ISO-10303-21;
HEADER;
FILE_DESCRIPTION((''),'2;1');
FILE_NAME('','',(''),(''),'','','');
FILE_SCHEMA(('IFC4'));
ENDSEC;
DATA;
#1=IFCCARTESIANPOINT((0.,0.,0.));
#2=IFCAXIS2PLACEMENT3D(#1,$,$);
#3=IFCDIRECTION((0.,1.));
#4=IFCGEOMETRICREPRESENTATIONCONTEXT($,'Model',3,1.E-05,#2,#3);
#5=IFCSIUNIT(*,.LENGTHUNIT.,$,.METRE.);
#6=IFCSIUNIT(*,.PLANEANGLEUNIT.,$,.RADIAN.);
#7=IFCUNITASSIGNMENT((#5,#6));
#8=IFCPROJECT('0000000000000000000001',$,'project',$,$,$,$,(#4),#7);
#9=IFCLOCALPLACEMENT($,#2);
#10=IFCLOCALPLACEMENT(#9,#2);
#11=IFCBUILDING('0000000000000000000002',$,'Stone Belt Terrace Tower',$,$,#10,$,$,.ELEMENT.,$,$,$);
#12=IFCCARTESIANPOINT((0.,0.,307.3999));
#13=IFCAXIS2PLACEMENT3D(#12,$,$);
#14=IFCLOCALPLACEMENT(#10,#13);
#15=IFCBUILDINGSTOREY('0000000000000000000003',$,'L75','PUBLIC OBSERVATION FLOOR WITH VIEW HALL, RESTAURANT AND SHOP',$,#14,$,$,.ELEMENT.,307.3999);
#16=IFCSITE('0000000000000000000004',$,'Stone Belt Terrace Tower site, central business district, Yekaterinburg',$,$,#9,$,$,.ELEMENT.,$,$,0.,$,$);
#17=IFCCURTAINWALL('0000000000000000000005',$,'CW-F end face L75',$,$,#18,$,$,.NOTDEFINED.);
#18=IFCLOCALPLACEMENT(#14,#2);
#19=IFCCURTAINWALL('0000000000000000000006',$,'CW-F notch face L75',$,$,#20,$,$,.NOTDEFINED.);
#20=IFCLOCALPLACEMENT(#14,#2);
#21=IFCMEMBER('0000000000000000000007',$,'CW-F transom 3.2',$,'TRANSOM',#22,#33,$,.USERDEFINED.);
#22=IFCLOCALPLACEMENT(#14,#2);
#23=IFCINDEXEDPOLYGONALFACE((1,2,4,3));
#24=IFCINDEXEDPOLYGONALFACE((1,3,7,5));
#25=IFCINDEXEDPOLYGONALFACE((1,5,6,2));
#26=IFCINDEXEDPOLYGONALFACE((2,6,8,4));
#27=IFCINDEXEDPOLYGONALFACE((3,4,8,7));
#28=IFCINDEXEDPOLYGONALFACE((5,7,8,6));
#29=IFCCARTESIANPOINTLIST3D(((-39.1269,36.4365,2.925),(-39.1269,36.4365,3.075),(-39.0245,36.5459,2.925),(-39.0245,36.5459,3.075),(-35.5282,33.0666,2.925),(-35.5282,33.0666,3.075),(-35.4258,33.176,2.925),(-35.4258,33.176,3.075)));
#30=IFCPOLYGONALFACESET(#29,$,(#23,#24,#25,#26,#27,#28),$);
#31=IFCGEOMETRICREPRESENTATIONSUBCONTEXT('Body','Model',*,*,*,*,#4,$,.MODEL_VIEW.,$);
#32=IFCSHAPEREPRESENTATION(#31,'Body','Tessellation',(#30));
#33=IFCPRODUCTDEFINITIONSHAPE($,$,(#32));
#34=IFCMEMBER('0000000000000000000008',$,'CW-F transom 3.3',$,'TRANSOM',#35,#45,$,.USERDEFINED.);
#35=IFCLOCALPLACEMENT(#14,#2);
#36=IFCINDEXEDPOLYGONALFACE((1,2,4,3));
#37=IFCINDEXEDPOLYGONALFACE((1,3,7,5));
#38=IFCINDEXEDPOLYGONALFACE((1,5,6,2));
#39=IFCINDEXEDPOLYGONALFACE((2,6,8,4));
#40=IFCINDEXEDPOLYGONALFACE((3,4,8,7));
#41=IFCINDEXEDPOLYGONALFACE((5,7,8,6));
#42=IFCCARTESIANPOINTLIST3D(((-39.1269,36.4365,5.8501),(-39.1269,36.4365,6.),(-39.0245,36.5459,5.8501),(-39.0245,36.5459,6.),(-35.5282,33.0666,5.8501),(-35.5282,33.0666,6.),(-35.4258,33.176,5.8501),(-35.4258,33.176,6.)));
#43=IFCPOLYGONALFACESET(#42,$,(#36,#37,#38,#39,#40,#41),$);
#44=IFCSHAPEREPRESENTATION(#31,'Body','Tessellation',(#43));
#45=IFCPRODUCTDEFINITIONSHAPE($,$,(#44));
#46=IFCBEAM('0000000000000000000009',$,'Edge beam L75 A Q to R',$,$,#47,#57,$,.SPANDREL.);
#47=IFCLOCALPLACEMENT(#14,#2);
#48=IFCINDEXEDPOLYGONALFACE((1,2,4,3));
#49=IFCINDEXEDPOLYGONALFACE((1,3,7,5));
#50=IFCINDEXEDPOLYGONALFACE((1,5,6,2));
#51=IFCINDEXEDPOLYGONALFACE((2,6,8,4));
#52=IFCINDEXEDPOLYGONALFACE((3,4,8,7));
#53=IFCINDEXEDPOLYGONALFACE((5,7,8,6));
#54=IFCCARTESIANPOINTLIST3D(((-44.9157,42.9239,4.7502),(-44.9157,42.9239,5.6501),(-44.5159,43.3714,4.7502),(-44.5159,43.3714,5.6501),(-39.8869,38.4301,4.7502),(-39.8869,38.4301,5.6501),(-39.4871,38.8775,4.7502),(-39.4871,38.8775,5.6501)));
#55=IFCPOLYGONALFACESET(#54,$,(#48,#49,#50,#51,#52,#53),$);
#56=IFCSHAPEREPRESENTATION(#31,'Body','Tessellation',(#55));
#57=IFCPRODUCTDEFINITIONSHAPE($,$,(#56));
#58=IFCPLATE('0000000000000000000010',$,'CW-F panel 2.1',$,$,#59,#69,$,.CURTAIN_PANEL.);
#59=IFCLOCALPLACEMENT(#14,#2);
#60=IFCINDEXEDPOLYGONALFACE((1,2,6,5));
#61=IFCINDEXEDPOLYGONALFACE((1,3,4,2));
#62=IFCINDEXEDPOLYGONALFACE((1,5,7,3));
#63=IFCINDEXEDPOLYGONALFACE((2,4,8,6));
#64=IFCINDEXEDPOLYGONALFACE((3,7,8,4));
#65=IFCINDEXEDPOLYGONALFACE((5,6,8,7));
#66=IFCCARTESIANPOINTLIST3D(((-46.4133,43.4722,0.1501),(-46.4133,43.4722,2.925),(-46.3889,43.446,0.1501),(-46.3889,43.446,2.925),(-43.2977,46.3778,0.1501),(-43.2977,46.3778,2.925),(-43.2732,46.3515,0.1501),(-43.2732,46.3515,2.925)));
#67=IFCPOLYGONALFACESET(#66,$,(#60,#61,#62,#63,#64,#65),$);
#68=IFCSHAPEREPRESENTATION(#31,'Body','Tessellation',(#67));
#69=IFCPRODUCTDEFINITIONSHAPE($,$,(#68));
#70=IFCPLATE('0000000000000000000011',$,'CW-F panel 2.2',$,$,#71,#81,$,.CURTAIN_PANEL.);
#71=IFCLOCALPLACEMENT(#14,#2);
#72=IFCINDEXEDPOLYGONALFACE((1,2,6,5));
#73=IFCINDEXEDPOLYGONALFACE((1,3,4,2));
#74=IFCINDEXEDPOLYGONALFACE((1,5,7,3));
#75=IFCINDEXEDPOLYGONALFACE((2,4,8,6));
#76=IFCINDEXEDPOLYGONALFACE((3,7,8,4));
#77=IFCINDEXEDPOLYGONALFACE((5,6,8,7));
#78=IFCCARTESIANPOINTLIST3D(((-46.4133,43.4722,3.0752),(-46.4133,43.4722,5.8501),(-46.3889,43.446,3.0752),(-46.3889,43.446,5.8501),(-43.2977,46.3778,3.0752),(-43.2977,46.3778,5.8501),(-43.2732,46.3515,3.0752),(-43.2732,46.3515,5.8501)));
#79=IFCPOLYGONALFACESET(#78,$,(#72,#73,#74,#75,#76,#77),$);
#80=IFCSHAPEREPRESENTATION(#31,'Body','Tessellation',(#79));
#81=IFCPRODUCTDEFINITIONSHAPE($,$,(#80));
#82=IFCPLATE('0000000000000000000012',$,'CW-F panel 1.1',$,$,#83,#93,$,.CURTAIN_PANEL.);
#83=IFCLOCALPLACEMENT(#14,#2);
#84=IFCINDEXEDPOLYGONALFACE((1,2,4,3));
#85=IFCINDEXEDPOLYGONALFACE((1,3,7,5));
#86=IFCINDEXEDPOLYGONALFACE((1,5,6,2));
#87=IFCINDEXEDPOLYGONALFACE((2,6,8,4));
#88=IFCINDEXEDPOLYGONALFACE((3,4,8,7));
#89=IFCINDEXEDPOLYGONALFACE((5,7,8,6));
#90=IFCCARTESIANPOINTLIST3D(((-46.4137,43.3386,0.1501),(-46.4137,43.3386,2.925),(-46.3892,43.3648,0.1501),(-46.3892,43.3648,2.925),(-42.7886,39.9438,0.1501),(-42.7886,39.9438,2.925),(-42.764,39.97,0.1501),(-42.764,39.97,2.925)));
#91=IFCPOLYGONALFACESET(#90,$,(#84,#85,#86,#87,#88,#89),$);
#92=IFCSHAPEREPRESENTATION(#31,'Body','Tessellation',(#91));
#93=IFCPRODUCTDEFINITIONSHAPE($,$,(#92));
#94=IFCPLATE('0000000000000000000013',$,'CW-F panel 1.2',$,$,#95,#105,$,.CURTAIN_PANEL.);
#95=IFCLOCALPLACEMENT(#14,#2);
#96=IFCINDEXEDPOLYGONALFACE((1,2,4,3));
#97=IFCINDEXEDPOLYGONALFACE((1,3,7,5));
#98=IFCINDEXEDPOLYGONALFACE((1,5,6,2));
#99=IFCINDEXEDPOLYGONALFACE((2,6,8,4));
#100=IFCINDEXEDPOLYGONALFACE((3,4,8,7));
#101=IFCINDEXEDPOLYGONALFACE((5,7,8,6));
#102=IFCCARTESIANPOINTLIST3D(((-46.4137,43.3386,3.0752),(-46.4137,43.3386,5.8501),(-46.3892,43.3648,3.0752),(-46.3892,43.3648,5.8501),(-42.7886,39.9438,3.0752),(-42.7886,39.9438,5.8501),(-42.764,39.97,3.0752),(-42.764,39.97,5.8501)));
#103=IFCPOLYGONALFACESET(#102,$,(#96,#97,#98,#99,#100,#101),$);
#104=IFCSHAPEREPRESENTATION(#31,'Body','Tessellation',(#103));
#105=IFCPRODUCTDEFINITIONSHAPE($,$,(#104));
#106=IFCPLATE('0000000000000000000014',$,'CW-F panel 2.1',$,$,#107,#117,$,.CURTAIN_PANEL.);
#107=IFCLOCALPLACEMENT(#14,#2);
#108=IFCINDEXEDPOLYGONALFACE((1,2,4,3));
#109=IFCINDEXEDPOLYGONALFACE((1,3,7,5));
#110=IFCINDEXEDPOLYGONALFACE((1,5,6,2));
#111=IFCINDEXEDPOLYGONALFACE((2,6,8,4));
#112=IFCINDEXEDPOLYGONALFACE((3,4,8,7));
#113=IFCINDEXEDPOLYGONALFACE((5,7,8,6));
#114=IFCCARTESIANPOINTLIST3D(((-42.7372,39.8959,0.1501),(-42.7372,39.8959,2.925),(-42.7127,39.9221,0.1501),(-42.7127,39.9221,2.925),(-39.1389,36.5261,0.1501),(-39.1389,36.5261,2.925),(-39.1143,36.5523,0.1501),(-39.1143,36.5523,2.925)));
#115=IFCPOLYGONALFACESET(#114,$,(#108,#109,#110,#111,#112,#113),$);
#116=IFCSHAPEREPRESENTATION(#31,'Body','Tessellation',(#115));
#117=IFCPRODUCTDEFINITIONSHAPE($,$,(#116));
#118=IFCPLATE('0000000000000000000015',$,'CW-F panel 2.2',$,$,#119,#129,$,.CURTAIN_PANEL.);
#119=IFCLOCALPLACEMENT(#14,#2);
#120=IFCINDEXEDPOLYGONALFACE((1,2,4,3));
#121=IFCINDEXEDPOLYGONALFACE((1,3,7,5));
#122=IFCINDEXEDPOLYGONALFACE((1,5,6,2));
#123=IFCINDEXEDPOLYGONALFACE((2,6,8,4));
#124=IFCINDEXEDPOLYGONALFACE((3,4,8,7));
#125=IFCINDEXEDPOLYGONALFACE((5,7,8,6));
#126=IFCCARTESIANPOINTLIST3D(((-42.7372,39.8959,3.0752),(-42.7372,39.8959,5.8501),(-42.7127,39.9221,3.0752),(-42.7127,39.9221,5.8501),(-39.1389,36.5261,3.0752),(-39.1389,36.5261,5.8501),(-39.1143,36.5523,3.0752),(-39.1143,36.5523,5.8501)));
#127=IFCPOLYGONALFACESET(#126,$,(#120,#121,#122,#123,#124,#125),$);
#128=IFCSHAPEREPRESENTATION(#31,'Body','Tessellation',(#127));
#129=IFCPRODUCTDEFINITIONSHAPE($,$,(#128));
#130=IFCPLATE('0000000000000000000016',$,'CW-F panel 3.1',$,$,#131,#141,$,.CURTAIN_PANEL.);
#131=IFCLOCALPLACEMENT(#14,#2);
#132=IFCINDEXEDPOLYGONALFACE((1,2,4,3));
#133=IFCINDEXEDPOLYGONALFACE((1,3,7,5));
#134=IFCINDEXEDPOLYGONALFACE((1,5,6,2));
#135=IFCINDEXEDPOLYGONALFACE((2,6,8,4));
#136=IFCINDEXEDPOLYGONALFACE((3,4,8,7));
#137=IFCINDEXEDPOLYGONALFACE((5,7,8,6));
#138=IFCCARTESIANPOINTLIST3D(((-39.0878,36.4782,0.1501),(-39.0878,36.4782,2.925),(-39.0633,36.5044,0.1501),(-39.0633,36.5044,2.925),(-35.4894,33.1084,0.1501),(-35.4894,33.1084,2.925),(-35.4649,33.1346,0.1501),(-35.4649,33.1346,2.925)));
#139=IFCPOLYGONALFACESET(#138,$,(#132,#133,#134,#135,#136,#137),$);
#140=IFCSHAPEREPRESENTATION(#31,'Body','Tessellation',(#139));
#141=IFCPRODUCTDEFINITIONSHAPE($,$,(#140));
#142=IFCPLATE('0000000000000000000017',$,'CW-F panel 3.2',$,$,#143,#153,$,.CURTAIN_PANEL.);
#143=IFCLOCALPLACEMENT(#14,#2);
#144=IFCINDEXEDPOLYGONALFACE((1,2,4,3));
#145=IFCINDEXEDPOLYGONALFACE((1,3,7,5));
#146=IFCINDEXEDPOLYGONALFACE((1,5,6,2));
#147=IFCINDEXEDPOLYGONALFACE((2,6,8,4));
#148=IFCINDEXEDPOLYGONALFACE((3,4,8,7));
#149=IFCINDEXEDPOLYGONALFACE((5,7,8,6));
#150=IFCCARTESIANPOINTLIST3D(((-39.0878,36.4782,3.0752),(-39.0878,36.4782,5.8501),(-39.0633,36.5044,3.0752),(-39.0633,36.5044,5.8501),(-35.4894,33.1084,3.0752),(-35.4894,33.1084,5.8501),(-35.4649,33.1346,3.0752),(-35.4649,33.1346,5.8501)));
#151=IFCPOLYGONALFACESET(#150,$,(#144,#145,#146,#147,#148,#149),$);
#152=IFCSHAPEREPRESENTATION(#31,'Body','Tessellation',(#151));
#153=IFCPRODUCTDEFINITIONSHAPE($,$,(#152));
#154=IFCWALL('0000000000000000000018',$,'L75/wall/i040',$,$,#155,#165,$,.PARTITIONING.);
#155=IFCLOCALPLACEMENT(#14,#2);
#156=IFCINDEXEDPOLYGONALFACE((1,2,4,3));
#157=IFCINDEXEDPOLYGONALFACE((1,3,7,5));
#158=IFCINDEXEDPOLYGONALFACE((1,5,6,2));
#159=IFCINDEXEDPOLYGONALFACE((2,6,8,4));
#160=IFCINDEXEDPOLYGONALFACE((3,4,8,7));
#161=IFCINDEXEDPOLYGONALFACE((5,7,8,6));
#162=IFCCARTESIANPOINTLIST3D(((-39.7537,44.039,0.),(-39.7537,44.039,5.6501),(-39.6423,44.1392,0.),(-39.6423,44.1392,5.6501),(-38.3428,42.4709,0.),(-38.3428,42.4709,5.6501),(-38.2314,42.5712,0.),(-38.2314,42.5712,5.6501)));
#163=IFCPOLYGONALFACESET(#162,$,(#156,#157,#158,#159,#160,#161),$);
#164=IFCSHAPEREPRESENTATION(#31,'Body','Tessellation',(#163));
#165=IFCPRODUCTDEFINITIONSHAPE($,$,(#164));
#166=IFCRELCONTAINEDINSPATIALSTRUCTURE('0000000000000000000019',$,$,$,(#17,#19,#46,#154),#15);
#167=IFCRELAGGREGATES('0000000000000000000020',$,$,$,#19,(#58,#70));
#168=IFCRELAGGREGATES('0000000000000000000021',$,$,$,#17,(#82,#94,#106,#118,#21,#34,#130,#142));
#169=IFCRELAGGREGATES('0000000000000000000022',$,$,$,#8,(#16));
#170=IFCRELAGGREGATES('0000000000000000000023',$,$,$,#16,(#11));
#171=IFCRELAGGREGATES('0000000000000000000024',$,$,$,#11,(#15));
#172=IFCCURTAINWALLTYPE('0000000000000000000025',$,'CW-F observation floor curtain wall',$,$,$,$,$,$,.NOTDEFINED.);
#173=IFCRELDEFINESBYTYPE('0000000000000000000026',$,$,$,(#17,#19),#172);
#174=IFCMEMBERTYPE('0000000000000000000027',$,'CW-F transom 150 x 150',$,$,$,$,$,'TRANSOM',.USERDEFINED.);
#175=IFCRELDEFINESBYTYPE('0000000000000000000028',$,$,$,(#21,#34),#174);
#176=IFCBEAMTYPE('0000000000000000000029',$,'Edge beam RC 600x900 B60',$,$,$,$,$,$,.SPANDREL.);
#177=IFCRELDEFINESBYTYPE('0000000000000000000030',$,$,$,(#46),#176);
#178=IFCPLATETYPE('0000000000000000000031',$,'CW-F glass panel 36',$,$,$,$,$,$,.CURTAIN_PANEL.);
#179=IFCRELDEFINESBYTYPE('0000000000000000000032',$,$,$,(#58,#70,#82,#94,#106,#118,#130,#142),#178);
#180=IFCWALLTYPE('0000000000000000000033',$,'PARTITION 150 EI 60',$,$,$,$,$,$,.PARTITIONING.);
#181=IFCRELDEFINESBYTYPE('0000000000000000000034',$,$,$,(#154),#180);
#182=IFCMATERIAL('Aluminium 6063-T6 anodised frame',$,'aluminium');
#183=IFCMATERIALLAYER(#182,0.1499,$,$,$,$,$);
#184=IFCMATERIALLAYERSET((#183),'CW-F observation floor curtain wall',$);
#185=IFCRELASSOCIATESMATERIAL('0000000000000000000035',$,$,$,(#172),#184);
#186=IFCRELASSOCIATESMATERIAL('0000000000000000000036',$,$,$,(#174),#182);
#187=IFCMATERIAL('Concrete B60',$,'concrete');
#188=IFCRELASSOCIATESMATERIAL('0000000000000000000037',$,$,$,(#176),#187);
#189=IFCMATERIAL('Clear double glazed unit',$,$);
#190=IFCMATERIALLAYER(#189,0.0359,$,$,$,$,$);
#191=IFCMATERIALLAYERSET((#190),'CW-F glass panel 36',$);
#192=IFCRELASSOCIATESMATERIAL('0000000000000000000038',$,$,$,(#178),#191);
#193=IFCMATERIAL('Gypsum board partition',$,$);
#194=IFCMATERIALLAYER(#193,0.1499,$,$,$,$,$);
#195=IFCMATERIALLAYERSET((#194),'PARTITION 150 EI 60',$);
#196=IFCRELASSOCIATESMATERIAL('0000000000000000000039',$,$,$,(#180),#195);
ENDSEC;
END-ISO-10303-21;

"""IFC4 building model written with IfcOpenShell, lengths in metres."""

from ifc_helpers import new_model, si_unit, direction, frame, frame_2d, origin, origin_2d, place, context, subcontext, project, spatial, rectangle, extrude, material, layer, layer_set, material_profile, profile_set, type_object, element, aggregate, save


model = new_model("IFC4")

# Units and contexts
model_context = context("Model", 3, precision=1e-05, world=origin(), true_north=direction((0.0, 1.0)))
body_context = subcontext(model_context, "Body", "Model", "MODEL_VIEW")
ifc_project = project(units=[si_unit("LENGTHUNIT", "METRE"), si_unit("PLANEANGLEUNIT", "RADIAN")], contexts=[model_context])

# Site, building, storey
site_placement = place(None, origin())
site = spatial("IfcSite", under=ifc_project, at=site_placement, Name="Stone Belt Terrace Tower site, central business district, Yekaterinburg", CompositionType="ELEMENT", RefElevation=0.0)
building_placement = place(site_placement, origin())
building = spatial("IfcBuilding", under=site, at=building_placement, Name="Stone Belt Terrace Tower", CompositionType="ELEMENT")
storey_placement = place(building_placement, frame((0.0, 0.0, 307.3999)))
storey = spatial("IfcBuildingStorey", under=building, at=storey_placement, Name="L75", Description="PUBLIC OBSERVATION FLOOR WITH VIEW HALL, RESTAURANT AND SHOP", CompositionType="ELEMENT", Elevation=307.3999)

# Shared definitions
ifc_material_1 = material(Name="Concrete B60", Category="concrete")

# Curtain walls
ifc_material_2 = material(Name="Aluminium 6063-T6 anodised frame", Category="aluminium")
ifc_layer_1 = layer(ifc_material_2, 0.1499)
ifc_layer_set_1 = layer_set([ifc_layer_1], Name="CW-F observation floor curtain wall")
curtain_wall_type = type_object("IfcCurtainWallType", Name="CW-F observation floor curtain wall", PredefinedType="NOTDEFINED", material=ifc_layer_set_1)
curtain_wall_1_placement = place(storey_placement, origin())
curtain_wall_1 = element("IfcCurtainWall", 1, at=curtain_wall_1_placement, inside=storey, type_object=curtain_wall_type, Name="CW-F end face L75", PredefinedType="NOTDEFINED")
curtain_wall_2_placement = place(storey_placement, origin())
curtain_wall_2 = element("IfcCurtainWall", 2, at=curtain_wall_2_placement, inside=storey, type_object=curtain_wall_type, Name="CW-F notch face L75", PredefinedType="NOTDEFINED")
ifc_material_profile_1 = material_profile(ifc_material_2, rectangle(XDim=0.1499, YDim=0.1499, at=origin_2d()), Name="Aluminium 6063-T6 150x150")
ifc_profile_set_1 = profile_set([ifc_material_profile_1], Name="Aluminium 6063-T6 anodised frame")
member_type_1 = type_object("IfcMemberType", Name="CW-F transom 150 x 150", ElementType="TRANSOM", PredefinedType="USERDEFINED", material=ifc_profile_set_1)

# Members
member_1_placement = place(storey_placement, frame((-39.0757, 36.4912, 3.0), z_axis=(0.729926, -0.683526, 0.0), x_axis=(0.683526, 0.729926, 0.0)))
member_1 = element("IfcMember", 3, at=member_1_placement, type_object=member_type_1, Name="CW-F transom 3.2", ObjectType="TRANSOM", PredefinedType="USERDEFINED", context=body_context, shape_type="SweptSolid", body=[
    extrude(rectangle(XDim=0.1499, YDim=0.1499, at=origin_2d()), origin(), (0.0, 0.0, 1.0), 4.9302),
])
member_2_placement = place(storey_placement, frame((-39.0757, 36.4912, 5.925), z_axis=(0.729926, -0.683526, 0.0), x_axis=(0.683526, 0.729926, 0.0)))
member_2 = element("IfcMember", 4, at=member_2_placement, type_object=member_type_1, Name="CW-F transom 3.3", ObjectType="TRANSOM", PredefinedType="USERDEFINED", context=body_context, shape_type="SweptSolid", body=[
    extrude(rectangle(XDim=0.1499, YDim=0.1499, at=origin_2d()), origin(), (0.0, 0.0, 1.0), 4.9302),
])

# Beam
ifc_material_profile_2 = material_profile(ifc_material_1, rectangle(XDim=0.6001, YDim=0.8999, at=origin_2d()), Name="RC 600x900")
ifc_profile_set_2 = profile_set([ifc_material_profile_2], Name="Concrete B60")
beam_type = type_object("IfcBeamType", Name="Edge beam RC 600x900 B60", PredefinedType="SPANDREL", material=ifc_profile_set_2)
beam_placement = place(storey_placement, frame((-39.687, 38.6538, 5.2002), z_axis=(-0.745651, 0.666337, 0.0), x_axis=(-0.666337, -0.745651, 0.0)))
element("IfcBeam", 5, at=beam_placement, inside=storey, type_object=beam_type, Name="Edge beam L75 A Q to R", PredefinedType="SPANDREL", context=body_context, shape_type="SweptSolid", body=[
    extrude(rectangle(XDim=0.6001, YDim=0.8999, at=origin_2d()), origin(), (0.0, 0.0, 1.0), 6.7441),
])

# Plates
ifc_material_3 = material(Name="Clear double glazed unit")
ifc_layer_2 = layer(ifc_material_3, 0.0359)
ifc_layer_set_2 = layer_set([ifc_layer_2], Name="CW-F glass panel 36")
plate_type = type_object("IfcPlateType", Name="CW-F glass panel 36", PredefinedType="CURTAIN_PANEL", material=ifc_layer_set_2)
plate_1_placement = place(storey_placement, frame((-44.8433, 44.9119, 0.1501), z_axis=(0.0, 0.0, 1.0), x_axis=(-0.731339, -0.682014, 0.0)))
plate_1 = element("IfcPlate", 6, at=plate_1_placement, type_object=plate_type, Name="CW-F panel 2.1", PredefinedType="CURTAIN_PANEL", context=body_context, shape_type="SweptSolid", body=[
    extrude(rectangle(XDim=4.2603, YDim=0.0359, at=origin_2d()), origin(), (0.0, 0.0, 1.0), 2.7749),
])
plate_2_placement = place(storey_placement, frame((-44.8433, 44.9119, 3.0752), z_axis=(0.0, 0.0, 1.0), x_axis=(-0.731339, -0.682014, 0.0)))
plate_2 = element("IfcPlate", 7, at=plate_2_placement, type_object=plate_type, Name="CW-F panel 2.2", PredefinedType="CURTAIN_PANEL", context=body_context, shape_type="SweptSolid", body=[
    extrude(rectangle(XDim=4.2603, YDim=0.0359, at=origin_2d()), origin(), (0.0, 0.0, 1.0), 2.7749),
])
aggregate(curtain_wall_2, [plate_1, plate_2])
plate_3_placement = place(storey_placement, frame((-44.5889, 41.6543, 0.1501), z_axis=(0.0, 0.0, 1.0), x_axis=(0.729904, -0.683549, 0.0)))
plate_3 = element("IfcPlate", 8, at=plate_3_placement, type_object=plate_type, Name="CW-F panel 1.1", PredefinedType="CURTAIN_PANEL", context=body_context, shape_type="SweptSolid", body=[
    extrude(rectangle(XDim=4.9666, YDim=0.0359, at=origin_2d()), origin(), (0.0, 0.0, 1.0), 2.7749),
])
plate_4_placement = place(storey_placement, frame((-44.5889, 41.6543, 3.0752), z_axis=(0.0, 0.0, 1.0), x_axis=(0.729904, -0.683549, 0.0)))
plate_4 = element("IfcPlate", 9, at=plate_4_placement, type_object=plate_type, Name="CW-F panel 1.2", PredefinedType="CURTAIN_PANEL", context=body_context, shape_type="SweptSolid", body=[
    extrude(rectangle(XDim=4.9666, YDim=0.0359, at=origin_2d()), origin(), (0.0, 0.0, 1.0), 2.7749),
])
plate_5_placement = place(storey_placement, frame((-40.9258, 38.2241, 0.1501), z_axis=(0.0, 0.0, 1.0), x_axis=(0.729904, -0.683549, 0.0)))
plate_5 = element("IfcPlate", 10, at=plate_5_placement, type_object=plate_type, Name="CW-F panel 2.1", PredefinedType="CURTAIN_PANEL", context=body_context, shape_type="SweptSolid", body=[
    extrude(rectangle(XDim=4.9299, YDim=0.0359, at=origin_2d()), origin(), (0.0, 0.0, 1.0), 2.7749),
])
plate_6_placement = place(storey_placement, frame((-40.9258, 38.2241, 3.0752), z_axis=(0.0, 0.0, 1.0), x_axis=(0.729904, -0.683549, 0.0)))
plate_6 = element("IfcPlate", 11, at=plate_6_placement, type_object=plate_type, Name="CW-F panel 2.2", PredefinedType="CURTAIN_PANEL", context=body_context, shape_type="SweptSolid", body=[
    extrude(rectangle(XDim=4.9299, YDim=0.0359, at=origin_2d()), origin(), (0.0, 0.0, 1.0), 2.7749),
])
plate_7_placement = place(storey_placement, frame((-37.2764, 34.8064, 0.1501), z_axis=(0.0, 0.0, 1.0), x_axis=(0.729904, -0.683549, 0.0)))
plate_7 = element("IfcPlate", 12, at=plate_7_placement, type_object=plate_type, Name="CW-F panel 3.1", PredefinedType="CURTAIN_PANEL", context=body_context, shape_type="SweptSolid", body=[
    extrude(rectangle(XDim=4.9299, YDim=0.0359, at=origin_2d()), origin(), (0.0, 0.0, 1.0), 2.7749),
])
plate_8_placement = place(storey_placement, frame((-37.2764, 34.8064, 3.0752), z_axis=(0.0, 0.0, 1.0), x_axis=(0.729904, -0.683549, 0.0)))
plate_8 = element("IfcPlate", 13, at=plate_8_placement, type_object=plate_type, Name="CW-F panel 3.2", PredefinedType="CURTAIN_PANEL", context=body_context, shape_type="SweptSolid", body=[
    extrude(rectangle(XDim=4.9299, YDim=0.0359, at=origin_2d()), origin(), (0.0, 0.0, 1.0), 2.7749),
])
aggregate(curtain_wall_1, [plate_3, plate_4, plate_5, plate_6, member_1, member_2, plate_7, plate_8])

# Wall
ifc_material_4 = material(Name="Gypsum board partition")
ifc_layer_3 = layer(ifc_material_4, 0.1499)
ifc_layer_set_3 = layer_set([ifc_layer_3], Name="PARTITION 150 EI 60")
wall_type = type_object("IfcWallType", Name="PARTITION 150 EI 60", PredefinedType="PARTITIONING", material=ifc_layer_set_3)
wall_1_placement = place(storey_placement, frame((-39.698, 44.0891, 0.0), z_axis=(0.0, 0.0, 1.0), x_axis=(0.668856, -0.743392, 0.0)))
element("IfcWall", 14, at=wall_1_placement, inside=storey, type_object=wall_type, Name="L75/wall/i040", PredefinedType="PARTITIONING", context=body_context, shape_type="SweptSolid", body=[
    extrude(rectangle(XDim=2.1094, YDim=0.1499, at=frame_2d((1.0547, 0.0))), origin(), (0.0, 0.0, 1.0), 5.6501),
])

save(model, "model.ifc")
